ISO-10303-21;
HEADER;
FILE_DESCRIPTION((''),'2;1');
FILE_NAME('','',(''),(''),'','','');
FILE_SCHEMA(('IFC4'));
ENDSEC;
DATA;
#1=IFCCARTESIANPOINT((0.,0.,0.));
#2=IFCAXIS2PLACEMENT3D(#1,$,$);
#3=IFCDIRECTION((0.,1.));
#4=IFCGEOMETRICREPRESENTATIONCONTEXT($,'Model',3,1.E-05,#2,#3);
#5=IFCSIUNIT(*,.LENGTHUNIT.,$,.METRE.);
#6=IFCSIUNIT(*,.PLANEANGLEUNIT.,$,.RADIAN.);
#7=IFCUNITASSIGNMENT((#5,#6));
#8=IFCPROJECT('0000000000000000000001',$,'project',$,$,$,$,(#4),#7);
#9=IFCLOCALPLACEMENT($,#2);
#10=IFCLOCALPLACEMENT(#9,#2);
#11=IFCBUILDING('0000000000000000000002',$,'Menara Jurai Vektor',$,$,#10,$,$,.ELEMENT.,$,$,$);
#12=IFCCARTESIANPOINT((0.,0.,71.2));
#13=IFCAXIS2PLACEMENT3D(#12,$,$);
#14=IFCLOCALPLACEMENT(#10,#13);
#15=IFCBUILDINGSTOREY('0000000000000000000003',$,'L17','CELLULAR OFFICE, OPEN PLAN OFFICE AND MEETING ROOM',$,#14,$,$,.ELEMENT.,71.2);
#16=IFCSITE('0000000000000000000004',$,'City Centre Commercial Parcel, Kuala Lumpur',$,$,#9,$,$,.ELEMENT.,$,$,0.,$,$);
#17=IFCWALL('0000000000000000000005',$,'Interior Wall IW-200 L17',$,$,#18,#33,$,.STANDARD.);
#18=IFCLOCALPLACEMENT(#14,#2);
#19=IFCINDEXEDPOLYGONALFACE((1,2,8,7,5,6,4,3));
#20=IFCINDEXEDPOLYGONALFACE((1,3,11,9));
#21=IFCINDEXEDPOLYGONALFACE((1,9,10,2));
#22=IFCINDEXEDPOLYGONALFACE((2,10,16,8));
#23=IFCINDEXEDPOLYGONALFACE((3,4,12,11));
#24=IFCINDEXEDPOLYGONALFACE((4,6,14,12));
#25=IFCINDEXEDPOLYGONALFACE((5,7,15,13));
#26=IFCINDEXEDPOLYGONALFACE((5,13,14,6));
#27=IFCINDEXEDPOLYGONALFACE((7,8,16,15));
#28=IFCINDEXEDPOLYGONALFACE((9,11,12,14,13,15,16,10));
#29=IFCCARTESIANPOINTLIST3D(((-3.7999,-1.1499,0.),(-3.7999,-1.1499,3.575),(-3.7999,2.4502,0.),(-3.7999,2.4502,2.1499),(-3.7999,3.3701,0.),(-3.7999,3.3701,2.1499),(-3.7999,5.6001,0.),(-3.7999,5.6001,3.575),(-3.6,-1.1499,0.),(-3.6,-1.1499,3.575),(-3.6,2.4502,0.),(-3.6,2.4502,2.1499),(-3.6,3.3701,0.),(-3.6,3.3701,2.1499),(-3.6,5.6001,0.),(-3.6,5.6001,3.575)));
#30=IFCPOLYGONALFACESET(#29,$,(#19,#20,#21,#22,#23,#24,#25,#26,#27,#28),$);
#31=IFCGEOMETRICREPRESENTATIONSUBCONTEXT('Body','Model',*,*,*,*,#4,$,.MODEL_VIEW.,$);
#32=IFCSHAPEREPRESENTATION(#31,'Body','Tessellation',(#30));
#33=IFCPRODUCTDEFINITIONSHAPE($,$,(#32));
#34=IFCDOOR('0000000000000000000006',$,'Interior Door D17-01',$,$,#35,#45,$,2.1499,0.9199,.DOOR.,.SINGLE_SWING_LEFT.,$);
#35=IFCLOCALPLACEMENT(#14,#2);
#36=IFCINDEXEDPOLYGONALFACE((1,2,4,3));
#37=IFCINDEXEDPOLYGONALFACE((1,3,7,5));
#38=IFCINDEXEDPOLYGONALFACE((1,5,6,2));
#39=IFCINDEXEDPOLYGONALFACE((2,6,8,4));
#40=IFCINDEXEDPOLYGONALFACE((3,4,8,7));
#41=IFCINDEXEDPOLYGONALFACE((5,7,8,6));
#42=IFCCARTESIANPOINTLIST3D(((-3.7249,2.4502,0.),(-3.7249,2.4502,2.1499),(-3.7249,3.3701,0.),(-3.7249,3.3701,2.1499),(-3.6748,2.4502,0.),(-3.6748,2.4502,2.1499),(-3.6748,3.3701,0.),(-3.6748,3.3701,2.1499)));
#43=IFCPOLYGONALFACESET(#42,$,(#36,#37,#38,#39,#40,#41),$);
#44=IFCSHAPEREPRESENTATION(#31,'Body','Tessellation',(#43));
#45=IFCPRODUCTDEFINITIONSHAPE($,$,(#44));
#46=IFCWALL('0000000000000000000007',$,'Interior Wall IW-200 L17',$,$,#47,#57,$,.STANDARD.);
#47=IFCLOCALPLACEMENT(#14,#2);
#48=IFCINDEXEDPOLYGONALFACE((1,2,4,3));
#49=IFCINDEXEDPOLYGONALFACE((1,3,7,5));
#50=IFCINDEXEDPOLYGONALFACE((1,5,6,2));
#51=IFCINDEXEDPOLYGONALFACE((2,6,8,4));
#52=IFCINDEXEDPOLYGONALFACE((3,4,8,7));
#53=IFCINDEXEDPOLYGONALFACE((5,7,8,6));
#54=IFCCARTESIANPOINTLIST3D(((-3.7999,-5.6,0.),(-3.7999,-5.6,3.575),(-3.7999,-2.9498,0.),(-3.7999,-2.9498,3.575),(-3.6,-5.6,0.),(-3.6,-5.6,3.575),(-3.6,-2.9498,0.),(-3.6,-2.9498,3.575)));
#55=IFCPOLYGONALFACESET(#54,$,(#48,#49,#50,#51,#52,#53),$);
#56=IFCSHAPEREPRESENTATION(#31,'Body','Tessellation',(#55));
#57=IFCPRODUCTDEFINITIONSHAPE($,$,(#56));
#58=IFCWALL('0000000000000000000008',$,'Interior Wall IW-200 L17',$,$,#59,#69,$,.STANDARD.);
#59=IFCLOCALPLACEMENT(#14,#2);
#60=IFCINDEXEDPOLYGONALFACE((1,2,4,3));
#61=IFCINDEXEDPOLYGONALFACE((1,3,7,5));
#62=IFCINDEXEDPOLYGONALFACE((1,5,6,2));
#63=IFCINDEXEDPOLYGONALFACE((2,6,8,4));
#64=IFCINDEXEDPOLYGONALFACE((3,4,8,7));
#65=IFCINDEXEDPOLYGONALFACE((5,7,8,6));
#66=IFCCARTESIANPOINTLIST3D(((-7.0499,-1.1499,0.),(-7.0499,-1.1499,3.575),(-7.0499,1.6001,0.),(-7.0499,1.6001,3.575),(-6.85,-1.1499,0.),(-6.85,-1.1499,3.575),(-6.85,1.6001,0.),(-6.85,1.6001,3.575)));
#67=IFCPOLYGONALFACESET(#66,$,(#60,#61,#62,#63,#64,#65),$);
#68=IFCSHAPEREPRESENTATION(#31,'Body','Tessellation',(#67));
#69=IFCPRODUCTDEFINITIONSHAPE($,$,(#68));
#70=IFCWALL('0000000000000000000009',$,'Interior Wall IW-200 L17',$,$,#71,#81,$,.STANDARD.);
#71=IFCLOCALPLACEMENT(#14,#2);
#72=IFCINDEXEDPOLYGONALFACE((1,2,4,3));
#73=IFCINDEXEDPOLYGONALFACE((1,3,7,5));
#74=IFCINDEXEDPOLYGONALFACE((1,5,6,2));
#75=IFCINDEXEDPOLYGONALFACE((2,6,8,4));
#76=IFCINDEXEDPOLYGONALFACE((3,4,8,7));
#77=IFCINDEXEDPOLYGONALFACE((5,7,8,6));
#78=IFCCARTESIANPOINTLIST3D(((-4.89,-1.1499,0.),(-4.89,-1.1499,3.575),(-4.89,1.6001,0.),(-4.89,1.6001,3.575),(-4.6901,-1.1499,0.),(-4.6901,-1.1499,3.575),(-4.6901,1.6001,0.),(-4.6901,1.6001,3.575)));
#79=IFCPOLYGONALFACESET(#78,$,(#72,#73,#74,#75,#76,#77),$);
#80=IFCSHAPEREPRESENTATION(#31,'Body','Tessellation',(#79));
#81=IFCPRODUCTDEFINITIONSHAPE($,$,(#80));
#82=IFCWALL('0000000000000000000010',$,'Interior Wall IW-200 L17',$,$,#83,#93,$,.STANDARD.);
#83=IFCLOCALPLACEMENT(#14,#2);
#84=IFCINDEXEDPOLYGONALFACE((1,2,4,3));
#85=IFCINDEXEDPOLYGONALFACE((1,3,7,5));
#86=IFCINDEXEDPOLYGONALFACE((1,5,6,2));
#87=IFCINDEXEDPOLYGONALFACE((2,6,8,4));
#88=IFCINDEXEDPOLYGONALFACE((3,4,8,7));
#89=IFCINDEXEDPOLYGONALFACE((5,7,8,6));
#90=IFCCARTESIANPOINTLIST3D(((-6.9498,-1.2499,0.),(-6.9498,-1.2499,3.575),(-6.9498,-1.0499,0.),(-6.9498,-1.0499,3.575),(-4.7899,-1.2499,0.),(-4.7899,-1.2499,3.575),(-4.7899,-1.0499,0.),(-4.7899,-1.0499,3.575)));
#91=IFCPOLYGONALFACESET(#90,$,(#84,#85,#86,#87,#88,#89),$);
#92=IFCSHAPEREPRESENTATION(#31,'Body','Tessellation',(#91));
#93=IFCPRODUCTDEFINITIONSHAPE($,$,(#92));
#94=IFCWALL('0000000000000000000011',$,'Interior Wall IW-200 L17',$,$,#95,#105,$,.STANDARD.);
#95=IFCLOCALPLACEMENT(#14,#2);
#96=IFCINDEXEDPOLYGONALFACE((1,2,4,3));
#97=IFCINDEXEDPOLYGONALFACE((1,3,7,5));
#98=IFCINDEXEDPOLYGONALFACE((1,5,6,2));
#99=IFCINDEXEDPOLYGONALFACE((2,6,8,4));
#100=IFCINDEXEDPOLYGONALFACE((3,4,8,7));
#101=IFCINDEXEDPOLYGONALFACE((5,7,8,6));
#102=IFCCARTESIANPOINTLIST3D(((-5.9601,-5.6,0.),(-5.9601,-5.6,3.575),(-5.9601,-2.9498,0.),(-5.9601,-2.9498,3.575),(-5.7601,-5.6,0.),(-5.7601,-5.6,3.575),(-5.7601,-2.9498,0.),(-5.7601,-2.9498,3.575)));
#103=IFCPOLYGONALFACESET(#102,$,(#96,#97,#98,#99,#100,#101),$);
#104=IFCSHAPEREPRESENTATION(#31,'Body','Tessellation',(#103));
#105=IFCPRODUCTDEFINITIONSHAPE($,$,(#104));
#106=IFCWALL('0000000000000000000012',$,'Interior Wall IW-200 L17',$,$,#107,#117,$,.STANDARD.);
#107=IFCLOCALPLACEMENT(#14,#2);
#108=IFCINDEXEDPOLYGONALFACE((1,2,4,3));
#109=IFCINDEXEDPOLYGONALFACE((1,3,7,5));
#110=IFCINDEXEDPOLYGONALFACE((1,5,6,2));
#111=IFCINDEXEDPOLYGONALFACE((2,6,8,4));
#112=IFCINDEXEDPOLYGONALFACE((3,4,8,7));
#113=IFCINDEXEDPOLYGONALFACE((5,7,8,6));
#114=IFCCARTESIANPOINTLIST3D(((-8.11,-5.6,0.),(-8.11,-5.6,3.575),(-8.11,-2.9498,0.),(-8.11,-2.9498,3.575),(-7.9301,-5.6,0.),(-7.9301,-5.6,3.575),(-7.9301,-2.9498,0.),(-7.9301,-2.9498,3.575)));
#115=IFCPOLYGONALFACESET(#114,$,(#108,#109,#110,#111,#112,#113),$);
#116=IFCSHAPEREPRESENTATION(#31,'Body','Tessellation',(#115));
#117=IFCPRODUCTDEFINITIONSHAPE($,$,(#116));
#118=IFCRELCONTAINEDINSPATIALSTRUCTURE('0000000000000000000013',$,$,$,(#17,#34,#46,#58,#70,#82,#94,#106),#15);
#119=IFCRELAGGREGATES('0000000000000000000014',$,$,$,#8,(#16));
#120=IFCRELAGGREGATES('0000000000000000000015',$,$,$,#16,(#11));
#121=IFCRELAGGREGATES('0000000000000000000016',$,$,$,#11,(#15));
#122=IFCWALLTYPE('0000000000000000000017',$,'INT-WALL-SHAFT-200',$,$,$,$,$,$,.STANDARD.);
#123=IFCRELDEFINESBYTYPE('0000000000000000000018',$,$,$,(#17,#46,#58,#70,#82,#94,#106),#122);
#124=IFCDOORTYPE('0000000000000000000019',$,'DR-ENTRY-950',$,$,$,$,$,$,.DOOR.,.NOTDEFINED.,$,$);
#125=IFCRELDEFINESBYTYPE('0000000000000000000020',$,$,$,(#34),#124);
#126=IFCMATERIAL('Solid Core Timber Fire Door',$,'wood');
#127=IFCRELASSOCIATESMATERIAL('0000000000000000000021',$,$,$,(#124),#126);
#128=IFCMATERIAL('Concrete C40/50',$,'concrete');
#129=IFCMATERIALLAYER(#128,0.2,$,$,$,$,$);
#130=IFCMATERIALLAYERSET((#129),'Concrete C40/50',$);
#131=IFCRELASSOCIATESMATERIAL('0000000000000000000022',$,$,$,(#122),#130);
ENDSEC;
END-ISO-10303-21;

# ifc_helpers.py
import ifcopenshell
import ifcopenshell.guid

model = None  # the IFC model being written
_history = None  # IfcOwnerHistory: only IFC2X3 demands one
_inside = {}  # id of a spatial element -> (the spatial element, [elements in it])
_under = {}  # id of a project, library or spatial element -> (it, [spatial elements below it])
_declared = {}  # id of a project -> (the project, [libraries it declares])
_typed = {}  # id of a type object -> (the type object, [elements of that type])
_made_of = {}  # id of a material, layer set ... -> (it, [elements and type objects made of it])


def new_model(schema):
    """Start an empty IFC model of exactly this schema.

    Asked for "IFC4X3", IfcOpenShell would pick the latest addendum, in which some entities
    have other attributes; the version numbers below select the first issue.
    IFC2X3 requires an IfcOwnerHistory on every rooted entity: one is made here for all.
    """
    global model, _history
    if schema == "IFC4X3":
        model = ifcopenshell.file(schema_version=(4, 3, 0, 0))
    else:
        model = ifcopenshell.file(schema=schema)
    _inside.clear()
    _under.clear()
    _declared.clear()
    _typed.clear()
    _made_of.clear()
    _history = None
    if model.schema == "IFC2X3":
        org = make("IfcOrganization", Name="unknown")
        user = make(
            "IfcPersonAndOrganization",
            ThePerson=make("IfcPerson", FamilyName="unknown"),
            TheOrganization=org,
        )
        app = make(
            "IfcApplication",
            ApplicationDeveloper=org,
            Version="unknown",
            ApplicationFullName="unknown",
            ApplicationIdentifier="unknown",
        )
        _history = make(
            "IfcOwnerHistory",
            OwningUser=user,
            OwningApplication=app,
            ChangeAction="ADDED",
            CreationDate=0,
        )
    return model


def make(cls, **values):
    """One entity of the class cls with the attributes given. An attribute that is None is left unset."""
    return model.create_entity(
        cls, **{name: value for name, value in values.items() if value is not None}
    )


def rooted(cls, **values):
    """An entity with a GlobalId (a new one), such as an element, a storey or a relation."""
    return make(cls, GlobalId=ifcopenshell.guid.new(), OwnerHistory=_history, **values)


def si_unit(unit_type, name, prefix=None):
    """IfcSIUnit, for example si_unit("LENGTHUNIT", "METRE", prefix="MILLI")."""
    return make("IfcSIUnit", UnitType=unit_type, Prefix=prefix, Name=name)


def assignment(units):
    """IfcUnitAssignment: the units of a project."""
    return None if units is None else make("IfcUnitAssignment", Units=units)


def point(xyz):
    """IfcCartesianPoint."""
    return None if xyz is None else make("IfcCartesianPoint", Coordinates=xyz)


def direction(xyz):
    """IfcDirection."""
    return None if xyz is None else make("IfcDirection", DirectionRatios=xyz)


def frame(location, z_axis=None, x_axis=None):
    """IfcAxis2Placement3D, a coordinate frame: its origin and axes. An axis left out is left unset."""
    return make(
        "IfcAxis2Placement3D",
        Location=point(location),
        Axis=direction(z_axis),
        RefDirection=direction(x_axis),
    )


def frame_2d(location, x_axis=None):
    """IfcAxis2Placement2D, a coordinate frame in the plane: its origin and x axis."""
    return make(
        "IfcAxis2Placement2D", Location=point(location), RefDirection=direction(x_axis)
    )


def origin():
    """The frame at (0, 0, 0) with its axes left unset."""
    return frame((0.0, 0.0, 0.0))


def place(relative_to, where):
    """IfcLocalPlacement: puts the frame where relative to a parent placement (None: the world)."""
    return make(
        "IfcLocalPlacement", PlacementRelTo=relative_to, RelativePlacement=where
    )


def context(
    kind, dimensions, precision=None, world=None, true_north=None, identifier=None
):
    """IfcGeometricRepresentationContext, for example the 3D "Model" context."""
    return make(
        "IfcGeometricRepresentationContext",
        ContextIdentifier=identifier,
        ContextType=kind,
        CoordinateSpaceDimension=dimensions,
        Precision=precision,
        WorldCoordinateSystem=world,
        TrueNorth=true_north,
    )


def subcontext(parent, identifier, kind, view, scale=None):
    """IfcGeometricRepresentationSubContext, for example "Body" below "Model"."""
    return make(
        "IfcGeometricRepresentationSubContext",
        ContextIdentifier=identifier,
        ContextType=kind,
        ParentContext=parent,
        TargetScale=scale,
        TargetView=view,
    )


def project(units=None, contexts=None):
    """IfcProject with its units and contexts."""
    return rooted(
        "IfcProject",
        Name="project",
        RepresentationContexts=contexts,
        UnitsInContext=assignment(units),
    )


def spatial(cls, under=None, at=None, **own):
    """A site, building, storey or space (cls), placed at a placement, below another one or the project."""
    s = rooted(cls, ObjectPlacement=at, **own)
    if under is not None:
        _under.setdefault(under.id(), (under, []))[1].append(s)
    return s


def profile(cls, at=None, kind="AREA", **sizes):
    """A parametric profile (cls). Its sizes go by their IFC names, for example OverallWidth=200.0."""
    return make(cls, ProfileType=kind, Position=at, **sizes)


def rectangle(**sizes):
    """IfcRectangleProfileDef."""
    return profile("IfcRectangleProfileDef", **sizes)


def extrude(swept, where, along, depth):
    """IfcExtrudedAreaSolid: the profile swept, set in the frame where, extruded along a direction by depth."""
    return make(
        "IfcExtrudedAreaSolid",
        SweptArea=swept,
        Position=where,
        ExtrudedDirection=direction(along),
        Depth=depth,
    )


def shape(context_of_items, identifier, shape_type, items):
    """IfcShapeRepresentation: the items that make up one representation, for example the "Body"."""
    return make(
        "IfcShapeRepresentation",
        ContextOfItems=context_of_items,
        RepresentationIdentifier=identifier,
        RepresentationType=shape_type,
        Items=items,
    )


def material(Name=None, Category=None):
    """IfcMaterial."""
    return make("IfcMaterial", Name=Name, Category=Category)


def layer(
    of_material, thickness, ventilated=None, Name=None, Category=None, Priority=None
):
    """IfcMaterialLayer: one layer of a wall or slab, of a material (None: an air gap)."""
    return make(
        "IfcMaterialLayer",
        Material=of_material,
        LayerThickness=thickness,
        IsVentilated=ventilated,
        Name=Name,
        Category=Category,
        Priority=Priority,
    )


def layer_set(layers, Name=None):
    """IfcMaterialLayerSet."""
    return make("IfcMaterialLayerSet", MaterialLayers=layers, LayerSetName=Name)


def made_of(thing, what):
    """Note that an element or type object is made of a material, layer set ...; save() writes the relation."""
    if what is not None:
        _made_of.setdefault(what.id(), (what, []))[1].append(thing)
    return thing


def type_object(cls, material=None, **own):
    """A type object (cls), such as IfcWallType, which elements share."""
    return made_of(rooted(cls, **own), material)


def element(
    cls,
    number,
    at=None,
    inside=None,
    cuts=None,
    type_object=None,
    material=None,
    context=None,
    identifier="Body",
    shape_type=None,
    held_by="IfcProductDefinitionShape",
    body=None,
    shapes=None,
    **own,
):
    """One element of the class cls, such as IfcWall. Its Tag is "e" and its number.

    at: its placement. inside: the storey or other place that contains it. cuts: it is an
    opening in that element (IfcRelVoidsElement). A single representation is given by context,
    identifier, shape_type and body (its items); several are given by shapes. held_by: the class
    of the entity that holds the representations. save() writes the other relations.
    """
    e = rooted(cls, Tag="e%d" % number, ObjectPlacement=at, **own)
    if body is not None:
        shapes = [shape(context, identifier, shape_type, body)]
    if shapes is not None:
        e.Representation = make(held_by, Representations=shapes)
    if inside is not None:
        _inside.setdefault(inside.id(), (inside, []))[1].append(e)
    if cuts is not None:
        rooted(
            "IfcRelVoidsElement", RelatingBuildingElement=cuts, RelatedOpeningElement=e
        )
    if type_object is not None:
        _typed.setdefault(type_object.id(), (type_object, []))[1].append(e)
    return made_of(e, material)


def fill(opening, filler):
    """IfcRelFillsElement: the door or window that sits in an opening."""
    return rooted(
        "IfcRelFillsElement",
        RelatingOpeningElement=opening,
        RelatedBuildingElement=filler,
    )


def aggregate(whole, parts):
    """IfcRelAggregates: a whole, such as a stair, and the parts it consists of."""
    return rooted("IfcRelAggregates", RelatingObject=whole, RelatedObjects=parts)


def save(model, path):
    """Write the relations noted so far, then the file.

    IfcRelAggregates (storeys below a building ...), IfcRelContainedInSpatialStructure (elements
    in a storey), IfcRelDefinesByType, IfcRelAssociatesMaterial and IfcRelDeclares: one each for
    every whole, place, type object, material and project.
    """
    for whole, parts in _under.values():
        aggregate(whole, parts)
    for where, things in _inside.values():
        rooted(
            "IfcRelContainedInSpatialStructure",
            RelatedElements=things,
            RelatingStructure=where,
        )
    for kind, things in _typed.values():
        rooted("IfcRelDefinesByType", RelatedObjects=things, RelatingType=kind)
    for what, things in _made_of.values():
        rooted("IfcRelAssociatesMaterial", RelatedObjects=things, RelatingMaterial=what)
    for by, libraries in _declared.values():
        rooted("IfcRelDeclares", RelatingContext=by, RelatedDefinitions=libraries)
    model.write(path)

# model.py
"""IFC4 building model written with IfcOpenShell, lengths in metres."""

from ifc_helpers import new_model, si_unit, direction, frame, frame_2d, origin, place, context, subcontext, project, spatial, rectangle, extrude, material, layer, layer_set, type_object, element, fill, save


model = new_model("IFC4")

# Units and contexts
model_context = context("Model", 3, precision=1e-05, world=origin(), true_north=direction((0.0, 1.0)))
body_context = subcontext(model_context, "Body", "Model", "MODEL_VIEW")
ifc_project = project(units=[si_unit("LENGTHUNIT", "METRE"), si_unit("PLANEANGLEUNIT", "RADIAN")], contexts=[model_context])

# Site, building, storey
site_placement = place(None, origin())
site = spatial("IfcSite", under=ifc_project, at=site_placement, Name="City Centre Commercial Parcel, Kuala Lumpur", CompositionType="ELEMENT", RefElevation=0.0)
building_placement = place(site_placement, origin())
building = spatial("IfcBuilding", under=site, at=building_placement, Name="Menara Jurai Vektor", CompositionType="ELEMENT")
storey_placement = place(building_placement, frame((0.0, 0.0, 71.2)))
storey = spatial("IfcBuildingStorey", under=building, at=storey_placement, Name="L17", Description="CELLULAR OFFICE, OPEN PLAN OFFICE AND MEETING ROOM", CompositionType="ELEMENT", Elevation=71.2)

# Shared definitions
ifc_material_1 = material(Name="Solid Core Timber Fire Door", Category="wood")
door_type_1 = type_object("IfcDoorType", Name="DR-ENTRY-950", OperationType="NOTDEFINED", PredefinedType="DOOR", material=ifc_material_1)

# Wall, opening, door
ifc_material_2 = material(Name="Concrete C40/50", Category="concrete")
ifc_layer_1 = layer(ifc_material_2, 0.2)
ifc_layer_set_1 = layer_set([ifc_layer_1], Name="Concrete C40/50")
wall_type_1 = type_object("IfcWallType", Name="INT-WALL-SHAFT-200", PredefinedType="STANDARD", material=ifc_layer_set_1)
wall_1_placement = place(storey_placement, frame((-3.7, -1.1499, 0.0), z_axis=(0.0, 0.0, 1.0), x_axis=(0.0, 1.0, 0.0)))
wall_1 = element("IfcWall", 1, at=wall_1_placement, inside=storey, type_object=wall_type_1, Name="Interior Wall IW-200 L17", PredefinedType="STANDARD", context=body_context, shape_type="SweptSolid", body=[
    extrude(rectangle(XDim=6.75, YDim=0.2, at=frame_2d((3.375, 0.0))), origin(), (0.0, 0.0, 1.0), 3.575),
])
opening_1_placement = place(wall_1_placement, frame((3.6001, 0.0, 0.0)))
opening_1 = element("IfcOpeningElement", 2, at=opening_1_placement, cuts=wall_1, PredefinedType="OPENING", context=body_context, shape_type="SweptSolid", body=[
    extrude(rectangle(XDim=0.9199, YDim=2.1499, at=frame_2d((0.46, 1.075))), frame((0.0, 0.1099, 0.0), z_axis=(0.0, -1.0, 0.0), x_axis=(1.0, 0.0, 0.0)), (0.0, 0.0, 1.0), 0.22),
])
door_1_placement = place(opening_1_placement, origin())
door_1 = element("IfcDoor", 3, at=door_1_placement, inside=storey, type_object=door_type_1, Name="Interior Door D17-01", OperationType="SINGLE_SWING_LEFT", OverallHeight=2.1499, OverallWidth=0.9199, PredefinedType="DOOR", context=body_context, shape_type="SweptSolid", body=[
    extrude(rectangle(XDim=0.9199, YDim=2.1499, at=frame_2d((0.46, 1.075))), frame((0.0, 0.0249, 0.0), z_axis=(0.0, -1.0, 0.0), x_axis=(1.0, 0.0, 0.0)), (0.0, 0.0, 1.0), 0.05),
])
fill(opening_1, door_1)

# Walls
wall_2_placement = place(storey_placement, frame((-3.7, -5.6001, 0.0), z_axis=(0.0, 0.0, 1.0), x_axis=(0.0, 1.0, 0.0)))
element("IfcWall", 4, at=wall_2_placement, inside=storey, type_object=wall_type_1, Name="Interior Wall IW-200 L17", PredefinedType="STANDARD", context=body_context, shape_type="SweptSolid", body=[
    extrude(rectangle(XDim=2.6501, YDim=0.2, at=frame_2d((1.3252, 0.0))), origin(), (0.0, 0.0, 1.0), 3.575),
])
for number, where, z_axis, x_axis, name in (
    (5, (-6.95, -1.1499, 0.0), (0.0, 0.0, 1.0), (0.0, 1.0, 0.0), "Interior Wall IW-200 L17"),
    (6, (-4.79, -1.1499, 0.0), (0.0, 0.0, 1.0), (0.0, 1.0, 0.0), "Interior Wall IW-200 L17"),
):
    element("IfcWall", number, at=place(storey_placement, frame(where, z_axis=z_axis, x_axis=x_axis)), inside=storey, type_object=wall_type_1, Name=name, PredefinedType="STANDARD", context=body_context, shape_type="SweptSolid", body=[
        extrude(rectangle(XDim=2.75, YDim=0.2, at=frame_2d((1.375, 0.0))), origin(), (0.0, 0.0, 1.0), 3.575),
    ])
wall_3_placement = place(storey_placement, frame((-6.95, -1.1499, 0.0), z_axis=(0.0, 0.0, 1.0), x_axis=(1.0, 0.0, 0.0)))
element("IfcWall", 7, at=wall_3_placement, inside=storey, type_object=wall_type_1, Name="Interior Wall IW-200 L17", PredefinedType="STANDARD", context=body_context, shape_type="SweptSolid", body=[
    extrude(rectangle(XDim=2.1599, YDim=0.2, at=frame_2d((1.0801, 0.0))), origin(), (0.0, 0.0, 1.0), 3.575),
])
wall_4_placement = place(storey_placement, frame((-5.8601, -5.6001, 0.0), z_axis=(0.0, 0.0, 1.0), x_axis=(0.0, 1.0, 0.0)))
element("IfcWall", 8, at=wall_4_placement, inside=storey, type_object=wall_type_1, Name="Interior Wall IW-200 L17", PredefinedType="STANDARD", context=body_context, shape_type="SweptSolid", body=[
    extrude(rectangle(XDim=2.6501, YDim=0.2, at=frame_2d((1.3252, 0.0))), origin(), (0.0, 0.0, 1.0), 3.575),
])
wall_5_placement = place(storey_placement, frame((-8.02, -5.6001, 0.0), z_axis=(0.0, 0.0, 1.0), x_axis=(0.0, 1.0, 0.0)))
element("IfcWall", 9, at=wall_5_placement, inside=storey, type_object=wall_type_1, Name="Interior Wall IW-200 L17", PredefinedType="STANDARD", context=body_context, shape_type="SweptSolid", body=[
    extrude(rectangle(XDim=2.6501, YDim=0.1799, at=frame_2d((1.3252, 0.0))), origin(), (0.0, 0.0, 1.0), 3.575),
])

save(model, "model.ifc")
